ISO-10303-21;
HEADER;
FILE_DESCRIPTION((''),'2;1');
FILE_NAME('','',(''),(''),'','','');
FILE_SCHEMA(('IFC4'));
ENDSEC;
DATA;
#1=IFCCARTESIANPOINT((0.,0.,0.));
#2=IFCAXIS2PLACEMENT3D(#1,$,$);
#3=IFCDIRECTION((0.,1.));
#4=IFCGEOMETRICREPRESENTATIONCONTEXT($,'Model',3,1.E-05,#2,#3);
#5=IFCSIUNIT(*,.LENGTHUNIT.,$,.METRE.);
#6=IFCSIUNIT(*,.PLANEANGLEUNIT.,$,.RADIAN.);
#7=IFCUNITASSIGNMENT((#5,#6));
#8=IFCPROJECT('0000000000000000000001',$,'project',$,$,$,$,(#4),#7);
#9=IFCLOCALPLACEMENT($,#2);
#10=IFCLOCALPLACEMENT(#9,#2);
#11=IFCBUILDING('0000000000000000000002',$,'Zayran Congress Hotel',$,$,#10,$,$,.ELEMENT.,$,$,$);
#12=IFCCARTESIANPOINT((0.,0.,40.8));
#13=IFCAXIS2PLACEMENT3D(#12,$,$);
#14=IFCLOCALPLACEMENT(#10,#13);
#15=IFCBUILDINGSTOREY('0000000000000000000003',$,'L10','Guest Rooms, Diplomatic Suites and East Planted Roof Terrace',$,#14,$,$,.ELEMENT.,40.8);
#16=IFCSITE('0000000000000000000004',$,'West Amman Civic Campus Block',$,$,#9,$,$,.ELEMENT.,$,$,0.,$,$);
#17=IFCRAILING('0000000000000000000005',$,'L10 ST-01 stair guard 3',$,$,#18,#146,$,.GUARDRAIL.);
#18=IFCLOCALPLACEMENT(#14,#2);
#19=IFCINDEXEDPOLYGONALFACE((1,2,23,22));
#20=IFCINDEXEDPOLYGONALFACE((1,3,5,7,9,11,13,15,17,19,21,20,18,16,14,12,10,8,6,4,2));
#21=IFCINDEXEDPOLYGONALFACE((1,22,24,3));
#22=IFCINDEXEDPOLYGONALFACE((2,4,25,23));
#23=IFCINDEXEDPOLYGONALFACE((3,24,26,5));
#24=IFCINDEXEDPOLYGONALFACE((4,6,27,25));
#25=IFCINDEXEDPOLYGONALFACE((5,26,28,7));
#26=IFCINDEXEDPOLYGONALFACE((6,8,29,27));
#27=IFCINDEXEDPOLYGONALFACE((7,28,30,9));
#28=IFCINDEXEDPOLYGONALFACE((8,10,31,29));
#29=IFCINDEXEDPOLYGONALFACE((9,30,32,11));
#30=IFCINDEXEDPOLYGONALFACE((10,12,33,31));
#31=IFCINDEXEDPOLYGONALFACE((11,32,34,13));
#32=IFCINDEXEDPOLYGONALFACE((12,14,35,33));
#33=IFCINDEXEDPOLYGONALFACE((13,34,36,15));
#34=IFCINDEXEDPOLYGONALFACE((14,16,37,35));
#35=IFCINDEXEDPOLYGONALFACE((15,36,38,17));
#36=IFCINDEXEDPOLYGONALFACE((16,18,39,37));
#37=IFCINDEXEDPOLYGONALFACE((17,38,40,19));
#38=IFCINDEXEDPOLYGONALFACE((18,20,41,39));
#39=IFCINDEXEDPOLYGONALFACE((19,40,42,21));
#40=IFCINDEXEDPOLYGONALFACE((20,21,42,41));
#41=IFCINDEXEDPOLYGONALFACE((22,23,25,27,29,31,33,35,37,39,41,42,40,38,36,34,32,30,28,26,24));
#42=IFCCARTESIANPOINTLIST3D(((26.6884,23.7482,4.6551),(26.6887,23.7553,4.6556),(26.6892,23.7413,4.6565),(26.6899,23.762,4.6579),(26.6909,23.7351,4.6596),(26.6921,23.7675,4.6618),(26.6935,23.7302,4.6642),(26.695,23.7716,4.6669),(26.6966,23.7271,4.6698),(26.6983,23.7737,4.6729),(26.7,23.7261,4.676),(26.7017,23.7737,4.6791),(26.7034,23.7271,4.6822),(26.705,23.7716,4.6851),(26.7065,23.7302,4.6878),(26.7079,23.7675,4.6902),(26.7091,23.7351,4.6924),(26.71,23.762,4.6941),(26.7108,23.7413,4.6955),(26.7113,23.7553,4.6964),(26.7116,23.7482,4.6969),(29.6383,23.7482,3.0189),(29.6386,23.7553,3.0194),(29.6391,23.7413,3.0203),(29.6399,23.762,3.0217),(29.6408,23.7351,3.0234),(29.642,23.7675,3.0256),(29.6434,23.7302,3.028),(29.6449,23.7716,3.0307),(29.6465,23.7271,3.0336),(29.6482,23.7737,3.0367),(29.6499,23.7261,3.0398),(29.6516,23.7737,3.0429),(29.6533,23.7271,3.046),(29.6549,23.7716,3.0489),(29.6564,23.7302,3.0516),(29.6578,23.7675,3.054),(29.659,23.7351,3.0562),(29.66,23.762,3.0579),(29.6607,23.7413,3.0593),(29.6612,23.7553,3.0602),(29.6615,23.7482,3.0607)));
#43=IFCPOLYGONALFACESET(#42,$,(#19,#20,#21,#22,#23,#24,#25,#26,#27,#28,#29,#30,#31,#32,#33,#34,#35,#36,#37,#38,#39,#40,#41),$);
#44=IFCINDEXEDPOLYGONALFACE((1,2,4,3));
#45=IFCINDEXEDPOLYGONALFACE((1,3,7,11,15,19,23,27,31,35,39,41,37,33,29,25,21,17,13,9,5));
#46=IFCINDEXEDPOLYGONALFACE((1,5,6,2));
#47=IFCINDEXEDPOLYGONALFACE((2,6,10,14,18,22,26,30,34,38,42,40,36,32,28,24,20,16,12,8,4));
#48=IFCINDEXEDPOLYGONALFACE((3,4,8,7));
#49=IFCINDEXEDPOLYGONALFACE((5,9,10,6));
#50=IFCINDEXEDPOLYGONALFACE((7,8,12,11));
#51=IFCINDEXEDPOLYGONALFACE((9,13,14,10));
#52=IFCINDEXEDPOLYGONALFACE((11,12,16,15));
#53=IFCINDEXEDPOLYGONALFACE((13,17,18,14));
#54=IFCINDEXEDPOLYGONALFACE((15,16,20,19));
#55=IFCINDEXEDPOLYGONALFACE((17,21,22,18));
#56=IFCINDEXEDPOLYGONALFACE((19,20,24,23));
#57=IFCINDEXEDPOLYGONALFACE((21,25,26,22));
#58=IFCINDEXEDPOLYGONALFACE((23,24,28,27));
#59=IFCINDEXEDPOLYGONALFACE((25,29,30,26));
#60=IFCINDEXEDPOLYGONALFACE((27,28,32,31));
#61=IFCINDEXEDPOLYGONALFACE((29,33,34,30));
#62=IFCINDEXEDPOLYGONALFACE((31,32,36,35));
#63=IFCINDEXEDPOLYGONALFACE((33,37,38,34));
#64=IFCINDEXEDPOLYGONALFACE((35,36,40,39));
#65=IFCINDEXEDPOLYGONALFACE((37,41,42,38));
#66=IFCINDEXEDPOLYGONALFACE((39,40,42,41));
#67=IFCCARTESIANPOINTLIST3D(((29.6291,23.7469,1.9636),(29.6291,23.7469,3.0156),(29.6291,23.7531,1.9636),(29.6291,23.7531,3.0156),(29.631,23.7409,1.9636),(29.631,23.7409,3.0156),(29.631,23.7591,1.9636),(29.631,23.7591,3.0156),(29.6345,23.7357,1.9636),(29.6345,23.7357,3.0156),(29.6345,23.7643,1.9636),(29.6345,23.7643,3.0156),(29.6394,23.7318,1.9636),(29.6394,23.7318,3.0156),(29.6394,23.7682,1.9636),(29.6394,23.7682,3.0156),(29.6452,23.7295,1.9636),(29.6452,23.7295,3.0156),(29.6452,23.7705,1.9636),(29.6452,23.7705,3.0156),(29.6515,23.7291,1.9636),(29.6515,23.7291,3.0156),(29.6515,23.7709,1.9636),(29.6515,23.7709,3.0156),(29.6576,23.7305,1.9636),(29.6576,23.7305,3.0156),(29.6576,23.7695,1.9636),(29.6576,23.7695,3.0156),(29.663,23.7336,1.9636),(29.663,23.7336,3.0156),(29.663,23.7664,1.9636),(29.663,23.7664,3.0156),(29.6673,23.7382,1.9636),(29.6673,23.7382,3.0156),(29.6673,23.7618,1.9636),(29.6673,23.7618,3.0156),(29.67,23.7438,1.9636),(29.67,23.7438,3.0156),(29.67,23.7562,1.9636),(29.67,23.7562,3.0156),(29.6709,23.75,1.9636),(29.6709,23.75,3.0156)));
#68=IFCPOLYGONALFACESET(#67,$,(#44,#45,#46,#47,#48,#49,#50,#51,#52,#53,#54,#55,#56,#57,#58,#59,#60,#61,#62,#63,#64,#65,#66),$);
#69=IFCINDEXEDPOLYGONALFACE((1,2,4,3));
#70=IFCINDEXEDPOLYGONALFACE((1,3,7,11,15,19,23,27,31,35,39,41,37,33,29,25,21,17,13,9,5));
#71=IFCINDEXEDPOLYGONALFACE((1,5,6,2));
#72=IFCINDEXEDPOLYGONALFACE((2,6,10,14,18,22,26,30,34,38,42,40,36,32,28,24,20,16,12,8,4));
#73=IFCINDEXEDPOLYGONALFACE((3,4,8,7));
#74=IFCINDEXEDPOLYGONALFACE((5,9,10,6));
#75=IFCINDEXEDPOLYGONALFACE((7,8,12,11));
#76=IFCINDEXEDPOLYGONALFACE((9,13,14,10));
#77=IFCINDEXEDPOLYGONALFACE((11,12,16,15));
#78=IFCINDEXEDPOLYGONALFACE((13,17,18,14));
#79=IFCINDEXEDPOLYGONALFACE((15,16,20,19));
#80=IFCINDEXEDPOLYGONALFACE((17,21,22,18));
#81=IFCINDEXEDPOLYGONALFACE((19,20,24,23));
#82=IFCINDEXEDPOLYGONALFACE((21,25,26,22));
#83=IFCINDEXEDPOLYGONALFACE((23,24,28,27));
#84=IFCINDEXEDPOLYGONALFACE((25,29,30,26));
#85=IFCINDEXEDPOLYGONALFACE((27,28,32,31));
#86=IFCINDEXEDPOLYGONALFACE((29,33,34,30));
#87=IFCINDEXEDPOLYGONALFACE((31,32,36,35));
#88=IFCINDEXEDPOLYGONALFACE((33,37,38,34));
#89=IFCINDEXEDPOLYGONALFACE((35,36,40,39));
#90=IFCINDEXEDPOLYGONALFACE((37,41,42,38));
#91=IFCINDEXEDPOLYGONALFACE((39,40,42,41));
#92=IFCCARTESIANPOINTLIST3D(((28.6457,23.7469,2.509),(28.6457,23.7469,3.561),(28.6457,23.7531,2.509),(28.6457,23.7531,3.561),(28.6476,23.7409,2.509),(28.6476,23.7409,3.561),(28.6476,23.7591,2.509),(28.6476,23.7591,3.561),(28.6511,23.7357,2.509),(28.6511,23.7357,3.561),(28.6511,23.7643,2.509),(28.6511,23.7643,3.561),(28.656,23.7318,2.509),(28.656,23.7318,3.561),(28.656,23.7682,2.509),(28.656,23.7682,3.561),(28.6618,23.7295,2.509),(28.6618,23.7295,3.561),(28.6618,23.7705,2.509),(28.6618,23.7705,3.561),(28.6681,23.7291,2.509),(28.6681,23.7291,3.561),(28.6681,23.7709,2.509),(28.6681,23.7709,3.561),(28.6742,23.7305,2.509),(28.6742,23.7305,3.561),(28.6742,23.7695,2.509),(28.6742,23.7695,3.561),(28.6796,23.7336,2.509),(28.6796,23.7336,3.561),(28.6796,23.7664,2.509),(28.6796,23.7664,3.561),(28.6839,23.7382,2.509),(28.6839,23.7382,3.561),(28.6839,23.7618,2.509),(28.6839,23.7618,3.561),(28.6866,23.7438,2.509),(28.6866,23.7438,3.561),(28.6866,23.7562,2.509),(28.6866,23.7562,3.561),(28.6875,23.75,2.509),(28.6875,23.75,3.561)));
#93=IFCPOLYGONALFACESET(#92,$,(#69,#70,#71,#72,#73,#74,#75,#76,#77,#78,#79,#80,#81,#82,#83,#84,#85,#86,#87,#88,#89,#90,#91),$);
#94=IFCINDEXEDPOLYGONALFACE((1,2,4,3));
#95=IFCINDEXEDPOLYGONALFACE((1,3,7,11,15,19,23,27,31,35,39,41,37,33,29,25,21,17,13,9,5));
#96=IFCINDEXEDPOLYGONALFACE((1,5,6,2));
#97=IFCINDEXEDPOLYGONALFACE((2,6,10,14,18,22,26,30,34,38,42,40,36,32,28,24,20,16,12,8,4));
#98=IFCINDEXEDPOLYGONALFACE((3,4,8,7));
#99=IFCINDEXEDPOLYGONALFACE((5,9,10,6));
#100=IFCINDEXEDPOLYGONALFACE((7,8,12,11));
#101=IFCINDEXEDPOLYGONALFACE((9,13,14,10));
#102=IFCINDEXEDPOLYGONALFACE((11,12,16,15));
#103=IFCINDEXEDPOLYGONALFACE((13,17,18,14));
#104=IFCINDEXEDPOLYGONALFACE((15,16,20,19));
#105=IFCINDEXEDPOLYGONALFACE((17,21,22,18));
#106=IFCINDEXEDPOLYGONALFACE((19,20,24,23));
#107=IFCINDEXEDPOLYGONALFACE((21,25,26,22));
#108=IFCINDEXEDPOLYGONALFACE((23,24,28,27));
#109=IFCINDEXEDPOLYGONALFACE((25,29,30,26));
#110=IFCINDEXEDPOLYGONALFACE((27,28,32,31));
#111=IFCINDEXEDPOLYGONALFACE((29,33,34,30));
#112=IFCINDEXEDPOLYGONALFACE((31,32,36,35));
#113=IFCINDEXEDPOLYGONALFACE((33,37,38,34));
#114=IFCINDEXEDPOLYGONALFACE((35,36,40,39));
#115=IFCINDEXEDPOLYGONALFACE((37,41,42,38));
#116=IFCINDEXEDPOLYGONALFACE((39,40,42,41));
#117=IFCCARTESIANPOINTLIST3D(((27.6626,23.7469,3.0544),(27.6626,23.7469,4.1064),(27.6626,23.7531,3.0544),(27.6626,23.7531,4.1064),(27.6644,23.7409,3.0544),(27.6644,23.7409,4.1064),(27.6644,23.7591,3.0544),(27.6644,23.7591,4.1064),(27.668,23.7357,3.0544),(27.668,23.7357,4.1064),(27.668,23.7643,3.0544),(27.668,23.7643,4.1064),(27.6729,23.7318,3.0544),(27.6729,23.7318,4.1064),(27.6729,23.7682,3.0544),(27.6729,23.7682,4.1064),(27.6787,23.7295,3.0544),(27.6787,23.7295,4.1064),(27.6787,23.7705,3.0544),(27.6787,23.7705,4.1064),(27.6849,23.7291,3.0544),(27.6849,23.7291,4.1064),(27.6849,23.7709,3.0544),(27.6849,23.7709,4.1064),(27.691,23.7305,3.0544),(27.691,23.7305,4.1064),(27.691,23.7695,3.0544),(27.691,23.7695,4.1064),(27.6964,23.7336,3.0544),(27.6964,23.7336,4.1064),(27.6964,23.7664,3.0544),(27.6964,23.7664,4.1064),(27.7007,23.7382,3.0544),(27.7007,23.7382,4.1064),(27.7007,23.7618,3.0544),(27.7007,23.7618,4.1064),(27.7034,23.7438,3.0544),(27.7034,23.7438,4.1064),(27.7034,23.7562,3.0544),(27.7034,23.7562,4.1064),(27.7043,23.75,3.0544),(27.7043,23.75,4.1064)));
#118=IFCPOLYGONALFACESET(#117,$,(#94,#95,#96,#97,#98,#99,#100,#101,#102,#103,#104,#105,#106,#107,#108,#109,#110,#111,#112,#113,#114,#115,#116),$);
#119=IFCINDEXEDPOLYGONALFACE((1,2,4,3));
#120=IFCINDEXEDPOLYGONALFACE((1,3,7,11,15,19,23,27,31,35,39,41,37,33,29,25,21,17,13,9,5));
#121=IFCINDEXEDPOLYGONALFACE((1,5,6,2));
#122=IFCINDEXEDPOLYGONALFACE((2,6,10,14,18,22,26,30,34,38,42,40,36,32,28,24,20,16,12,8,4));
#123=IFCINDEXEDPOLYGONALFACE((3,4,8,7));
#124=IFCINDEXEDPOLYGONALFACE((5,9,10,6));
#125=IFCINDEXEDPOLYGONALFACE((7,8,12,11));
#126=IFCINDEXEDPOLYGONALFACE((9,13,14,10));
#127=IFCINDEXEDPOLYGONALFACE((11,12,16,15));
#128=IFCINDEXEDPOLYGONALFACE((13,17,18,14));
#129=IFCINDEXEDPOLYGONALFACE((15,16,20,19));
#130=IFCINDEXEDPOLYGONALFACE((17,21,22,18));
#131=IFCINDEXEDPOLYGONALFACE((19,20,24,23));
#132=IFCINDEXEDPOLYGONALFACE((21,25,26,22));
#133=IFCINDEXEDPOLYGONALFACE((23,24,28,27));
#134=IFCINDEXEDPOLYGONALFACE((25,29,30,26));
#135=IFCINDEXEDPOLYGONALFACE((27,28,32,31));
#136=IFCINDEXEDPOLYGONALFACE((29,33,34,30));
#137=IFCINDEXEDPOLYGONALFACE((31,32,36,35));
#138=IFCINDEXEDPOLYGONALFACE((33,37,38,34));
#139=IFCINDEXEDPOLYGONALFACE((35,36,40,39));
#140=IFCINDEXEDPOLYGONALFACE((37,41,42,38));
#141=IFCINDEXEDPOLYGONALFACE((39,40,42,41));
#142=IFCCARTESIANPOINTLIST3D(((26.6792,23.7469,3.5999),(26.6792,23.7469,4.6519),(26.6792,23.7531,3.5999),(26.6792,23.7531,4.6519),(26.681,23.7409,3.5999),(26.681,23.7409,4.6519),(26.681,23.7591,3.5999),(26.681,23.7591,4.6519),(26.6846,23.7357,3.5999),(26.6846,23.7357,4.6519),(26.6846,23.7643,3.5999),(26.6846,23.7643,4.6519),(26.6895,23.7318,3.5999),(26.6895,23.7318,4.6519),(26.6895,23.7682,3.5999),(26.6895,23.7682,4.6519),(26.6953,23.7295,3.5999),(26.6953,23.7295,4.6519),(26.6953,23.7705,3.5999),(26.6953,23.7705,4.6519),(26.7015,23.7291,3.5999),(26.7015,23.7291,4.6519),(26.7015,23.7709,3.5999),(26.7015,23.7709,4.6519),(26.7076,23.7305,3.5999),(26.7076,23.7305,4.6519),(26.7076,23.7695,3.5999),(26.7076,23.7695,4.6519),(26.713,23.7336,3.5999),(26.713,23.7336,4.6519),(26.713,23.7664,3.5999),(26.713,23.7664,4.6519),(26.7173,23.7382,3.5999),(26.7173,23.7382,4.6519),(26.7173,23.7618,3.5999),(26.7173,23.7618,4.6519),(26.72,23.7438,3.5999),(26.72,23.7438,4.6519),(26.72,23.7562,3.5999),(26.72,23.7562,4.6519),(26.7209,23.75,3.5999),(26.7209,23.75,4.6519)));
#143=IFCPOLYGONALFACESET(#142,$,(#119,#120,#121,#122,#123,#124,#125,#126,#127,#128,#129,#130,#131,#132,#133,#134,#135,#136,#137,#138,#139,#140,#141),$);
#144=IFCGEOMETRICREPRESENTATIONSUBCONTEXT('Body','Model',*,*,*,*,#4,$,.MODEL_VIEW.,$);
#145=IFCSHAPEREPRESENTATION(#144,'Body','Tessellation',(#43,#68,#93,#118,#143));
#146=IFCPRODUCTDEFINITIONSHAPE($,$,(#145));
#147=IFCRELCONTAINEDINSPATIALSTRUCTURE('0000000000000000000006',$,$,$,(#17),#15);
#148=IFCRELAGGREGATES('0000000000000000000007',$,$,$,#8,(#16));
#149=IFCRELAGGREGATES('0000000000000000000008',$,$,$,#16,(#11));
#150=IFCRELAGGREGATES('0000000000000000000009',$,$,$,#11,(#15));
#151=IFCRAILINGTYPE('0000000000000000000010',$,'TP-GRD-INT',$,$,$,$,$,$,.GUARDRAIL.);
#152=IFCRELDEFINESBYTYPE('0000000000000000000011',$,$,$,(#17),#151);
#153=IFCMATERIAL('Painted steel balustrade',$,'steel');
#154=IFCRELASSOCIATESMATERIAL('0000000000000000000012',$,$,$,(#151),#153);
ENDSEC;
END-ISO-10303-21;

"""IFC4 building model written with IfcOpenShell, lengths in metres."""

from ifc_helpers import new_model, si_unit, direction, frame, origin, origin_2d, place, context, subcontext, project, spatial, circle, extrude, material, type_object, element, save


model = new_model("IFC4")

# Units and contexts
model_context = context("Model", 3, precision=1e-05, world=origin(), true_north=direction((0.0, 1.0)))
body_context = subcontext(model_context, "Body", "Model", "MODEL_VIEW")
ifc_project = project(units=[si_unit("LENGTHUNIT", "METRE"), si_unit("PLANEANGLEUNIT", "RADIAN")], contexts=[model_context])

# Site, building, storey
site_placement = place(None, origin())
site = spatial("IfcSite", under=ifc_project, at=site_placement, Name="West Amman Civic Campus Block", CompositionType="ELEMENT", RefElevation=0.0)
building_placement = place(site_placement, origin())
building = spatial("IfcBuilding", under=site, at=building_placement, Name="Zayran Congress Hotel", CompositionType="ELEMENT")
storey_placement = place(building_placement, frame((0.0, 0.0, 40.8)))
storey = spatial("IfcBuildingStorey", under=building, at=storey_placement, Name="L10", Description="Guest Rooms, Diplomatic Suites and East Planted Roof Terrace", CompositionType="ELEMENT", Elevation=40.8)

# Railing
ifc_material_1 = material(Name="Painted steel balustrade", Category="steel")
railing_type_1 = type_object("IfcRailingType", Name="TP-GRD-INT", PredefinedType="GUARDRAIL", material=ifc_material_1)
railing_1_placement = place(storey_placement, frame((29.6499, 23.75, 1.9636)))
element("IfcRailing", 1, at=railing_1_placement, inside=storey, type_object=railing_type_1, Name="L10 ST-01 stair guard 3", PredefinedType="GUARDRAIL", context=body_context, shape_type="SweptSolid", body=[
    extrude(circle(Radius=0.0239, at=origin_2d()), frame((0.0, 0.0, 1.0762), z_axis=(-0.874488, 0.0, 0.485047), x_axis=(0.0, -1.0, 0.0)), (0.0, 0.0, 1.0), 3.3733),
    extrude(circle(Radius=0.021, at=origin_2d()), origin(), (0.0, 0.0, 1.0), 1.052),
    extrude(circle(Radius=0.021, at=origin_2d()), frame((-0.9834, 0.0, 0.5454)), (0.0, 0.0, 1.0), 1.052),
    extrude(circle(Radius=0.021, at=origin_2d()), frame((-1.9666, 0.0, 1.0908)), (0.0, 0.0, 1.0), 1.052),
    extrude(circle(Radius=0.021, at=origin_2d()), frame((-2.95, 0.0, 1.6362)), (0.0, 0.0, 1.0), 1.052),
])

save(model, "model.ifc")
